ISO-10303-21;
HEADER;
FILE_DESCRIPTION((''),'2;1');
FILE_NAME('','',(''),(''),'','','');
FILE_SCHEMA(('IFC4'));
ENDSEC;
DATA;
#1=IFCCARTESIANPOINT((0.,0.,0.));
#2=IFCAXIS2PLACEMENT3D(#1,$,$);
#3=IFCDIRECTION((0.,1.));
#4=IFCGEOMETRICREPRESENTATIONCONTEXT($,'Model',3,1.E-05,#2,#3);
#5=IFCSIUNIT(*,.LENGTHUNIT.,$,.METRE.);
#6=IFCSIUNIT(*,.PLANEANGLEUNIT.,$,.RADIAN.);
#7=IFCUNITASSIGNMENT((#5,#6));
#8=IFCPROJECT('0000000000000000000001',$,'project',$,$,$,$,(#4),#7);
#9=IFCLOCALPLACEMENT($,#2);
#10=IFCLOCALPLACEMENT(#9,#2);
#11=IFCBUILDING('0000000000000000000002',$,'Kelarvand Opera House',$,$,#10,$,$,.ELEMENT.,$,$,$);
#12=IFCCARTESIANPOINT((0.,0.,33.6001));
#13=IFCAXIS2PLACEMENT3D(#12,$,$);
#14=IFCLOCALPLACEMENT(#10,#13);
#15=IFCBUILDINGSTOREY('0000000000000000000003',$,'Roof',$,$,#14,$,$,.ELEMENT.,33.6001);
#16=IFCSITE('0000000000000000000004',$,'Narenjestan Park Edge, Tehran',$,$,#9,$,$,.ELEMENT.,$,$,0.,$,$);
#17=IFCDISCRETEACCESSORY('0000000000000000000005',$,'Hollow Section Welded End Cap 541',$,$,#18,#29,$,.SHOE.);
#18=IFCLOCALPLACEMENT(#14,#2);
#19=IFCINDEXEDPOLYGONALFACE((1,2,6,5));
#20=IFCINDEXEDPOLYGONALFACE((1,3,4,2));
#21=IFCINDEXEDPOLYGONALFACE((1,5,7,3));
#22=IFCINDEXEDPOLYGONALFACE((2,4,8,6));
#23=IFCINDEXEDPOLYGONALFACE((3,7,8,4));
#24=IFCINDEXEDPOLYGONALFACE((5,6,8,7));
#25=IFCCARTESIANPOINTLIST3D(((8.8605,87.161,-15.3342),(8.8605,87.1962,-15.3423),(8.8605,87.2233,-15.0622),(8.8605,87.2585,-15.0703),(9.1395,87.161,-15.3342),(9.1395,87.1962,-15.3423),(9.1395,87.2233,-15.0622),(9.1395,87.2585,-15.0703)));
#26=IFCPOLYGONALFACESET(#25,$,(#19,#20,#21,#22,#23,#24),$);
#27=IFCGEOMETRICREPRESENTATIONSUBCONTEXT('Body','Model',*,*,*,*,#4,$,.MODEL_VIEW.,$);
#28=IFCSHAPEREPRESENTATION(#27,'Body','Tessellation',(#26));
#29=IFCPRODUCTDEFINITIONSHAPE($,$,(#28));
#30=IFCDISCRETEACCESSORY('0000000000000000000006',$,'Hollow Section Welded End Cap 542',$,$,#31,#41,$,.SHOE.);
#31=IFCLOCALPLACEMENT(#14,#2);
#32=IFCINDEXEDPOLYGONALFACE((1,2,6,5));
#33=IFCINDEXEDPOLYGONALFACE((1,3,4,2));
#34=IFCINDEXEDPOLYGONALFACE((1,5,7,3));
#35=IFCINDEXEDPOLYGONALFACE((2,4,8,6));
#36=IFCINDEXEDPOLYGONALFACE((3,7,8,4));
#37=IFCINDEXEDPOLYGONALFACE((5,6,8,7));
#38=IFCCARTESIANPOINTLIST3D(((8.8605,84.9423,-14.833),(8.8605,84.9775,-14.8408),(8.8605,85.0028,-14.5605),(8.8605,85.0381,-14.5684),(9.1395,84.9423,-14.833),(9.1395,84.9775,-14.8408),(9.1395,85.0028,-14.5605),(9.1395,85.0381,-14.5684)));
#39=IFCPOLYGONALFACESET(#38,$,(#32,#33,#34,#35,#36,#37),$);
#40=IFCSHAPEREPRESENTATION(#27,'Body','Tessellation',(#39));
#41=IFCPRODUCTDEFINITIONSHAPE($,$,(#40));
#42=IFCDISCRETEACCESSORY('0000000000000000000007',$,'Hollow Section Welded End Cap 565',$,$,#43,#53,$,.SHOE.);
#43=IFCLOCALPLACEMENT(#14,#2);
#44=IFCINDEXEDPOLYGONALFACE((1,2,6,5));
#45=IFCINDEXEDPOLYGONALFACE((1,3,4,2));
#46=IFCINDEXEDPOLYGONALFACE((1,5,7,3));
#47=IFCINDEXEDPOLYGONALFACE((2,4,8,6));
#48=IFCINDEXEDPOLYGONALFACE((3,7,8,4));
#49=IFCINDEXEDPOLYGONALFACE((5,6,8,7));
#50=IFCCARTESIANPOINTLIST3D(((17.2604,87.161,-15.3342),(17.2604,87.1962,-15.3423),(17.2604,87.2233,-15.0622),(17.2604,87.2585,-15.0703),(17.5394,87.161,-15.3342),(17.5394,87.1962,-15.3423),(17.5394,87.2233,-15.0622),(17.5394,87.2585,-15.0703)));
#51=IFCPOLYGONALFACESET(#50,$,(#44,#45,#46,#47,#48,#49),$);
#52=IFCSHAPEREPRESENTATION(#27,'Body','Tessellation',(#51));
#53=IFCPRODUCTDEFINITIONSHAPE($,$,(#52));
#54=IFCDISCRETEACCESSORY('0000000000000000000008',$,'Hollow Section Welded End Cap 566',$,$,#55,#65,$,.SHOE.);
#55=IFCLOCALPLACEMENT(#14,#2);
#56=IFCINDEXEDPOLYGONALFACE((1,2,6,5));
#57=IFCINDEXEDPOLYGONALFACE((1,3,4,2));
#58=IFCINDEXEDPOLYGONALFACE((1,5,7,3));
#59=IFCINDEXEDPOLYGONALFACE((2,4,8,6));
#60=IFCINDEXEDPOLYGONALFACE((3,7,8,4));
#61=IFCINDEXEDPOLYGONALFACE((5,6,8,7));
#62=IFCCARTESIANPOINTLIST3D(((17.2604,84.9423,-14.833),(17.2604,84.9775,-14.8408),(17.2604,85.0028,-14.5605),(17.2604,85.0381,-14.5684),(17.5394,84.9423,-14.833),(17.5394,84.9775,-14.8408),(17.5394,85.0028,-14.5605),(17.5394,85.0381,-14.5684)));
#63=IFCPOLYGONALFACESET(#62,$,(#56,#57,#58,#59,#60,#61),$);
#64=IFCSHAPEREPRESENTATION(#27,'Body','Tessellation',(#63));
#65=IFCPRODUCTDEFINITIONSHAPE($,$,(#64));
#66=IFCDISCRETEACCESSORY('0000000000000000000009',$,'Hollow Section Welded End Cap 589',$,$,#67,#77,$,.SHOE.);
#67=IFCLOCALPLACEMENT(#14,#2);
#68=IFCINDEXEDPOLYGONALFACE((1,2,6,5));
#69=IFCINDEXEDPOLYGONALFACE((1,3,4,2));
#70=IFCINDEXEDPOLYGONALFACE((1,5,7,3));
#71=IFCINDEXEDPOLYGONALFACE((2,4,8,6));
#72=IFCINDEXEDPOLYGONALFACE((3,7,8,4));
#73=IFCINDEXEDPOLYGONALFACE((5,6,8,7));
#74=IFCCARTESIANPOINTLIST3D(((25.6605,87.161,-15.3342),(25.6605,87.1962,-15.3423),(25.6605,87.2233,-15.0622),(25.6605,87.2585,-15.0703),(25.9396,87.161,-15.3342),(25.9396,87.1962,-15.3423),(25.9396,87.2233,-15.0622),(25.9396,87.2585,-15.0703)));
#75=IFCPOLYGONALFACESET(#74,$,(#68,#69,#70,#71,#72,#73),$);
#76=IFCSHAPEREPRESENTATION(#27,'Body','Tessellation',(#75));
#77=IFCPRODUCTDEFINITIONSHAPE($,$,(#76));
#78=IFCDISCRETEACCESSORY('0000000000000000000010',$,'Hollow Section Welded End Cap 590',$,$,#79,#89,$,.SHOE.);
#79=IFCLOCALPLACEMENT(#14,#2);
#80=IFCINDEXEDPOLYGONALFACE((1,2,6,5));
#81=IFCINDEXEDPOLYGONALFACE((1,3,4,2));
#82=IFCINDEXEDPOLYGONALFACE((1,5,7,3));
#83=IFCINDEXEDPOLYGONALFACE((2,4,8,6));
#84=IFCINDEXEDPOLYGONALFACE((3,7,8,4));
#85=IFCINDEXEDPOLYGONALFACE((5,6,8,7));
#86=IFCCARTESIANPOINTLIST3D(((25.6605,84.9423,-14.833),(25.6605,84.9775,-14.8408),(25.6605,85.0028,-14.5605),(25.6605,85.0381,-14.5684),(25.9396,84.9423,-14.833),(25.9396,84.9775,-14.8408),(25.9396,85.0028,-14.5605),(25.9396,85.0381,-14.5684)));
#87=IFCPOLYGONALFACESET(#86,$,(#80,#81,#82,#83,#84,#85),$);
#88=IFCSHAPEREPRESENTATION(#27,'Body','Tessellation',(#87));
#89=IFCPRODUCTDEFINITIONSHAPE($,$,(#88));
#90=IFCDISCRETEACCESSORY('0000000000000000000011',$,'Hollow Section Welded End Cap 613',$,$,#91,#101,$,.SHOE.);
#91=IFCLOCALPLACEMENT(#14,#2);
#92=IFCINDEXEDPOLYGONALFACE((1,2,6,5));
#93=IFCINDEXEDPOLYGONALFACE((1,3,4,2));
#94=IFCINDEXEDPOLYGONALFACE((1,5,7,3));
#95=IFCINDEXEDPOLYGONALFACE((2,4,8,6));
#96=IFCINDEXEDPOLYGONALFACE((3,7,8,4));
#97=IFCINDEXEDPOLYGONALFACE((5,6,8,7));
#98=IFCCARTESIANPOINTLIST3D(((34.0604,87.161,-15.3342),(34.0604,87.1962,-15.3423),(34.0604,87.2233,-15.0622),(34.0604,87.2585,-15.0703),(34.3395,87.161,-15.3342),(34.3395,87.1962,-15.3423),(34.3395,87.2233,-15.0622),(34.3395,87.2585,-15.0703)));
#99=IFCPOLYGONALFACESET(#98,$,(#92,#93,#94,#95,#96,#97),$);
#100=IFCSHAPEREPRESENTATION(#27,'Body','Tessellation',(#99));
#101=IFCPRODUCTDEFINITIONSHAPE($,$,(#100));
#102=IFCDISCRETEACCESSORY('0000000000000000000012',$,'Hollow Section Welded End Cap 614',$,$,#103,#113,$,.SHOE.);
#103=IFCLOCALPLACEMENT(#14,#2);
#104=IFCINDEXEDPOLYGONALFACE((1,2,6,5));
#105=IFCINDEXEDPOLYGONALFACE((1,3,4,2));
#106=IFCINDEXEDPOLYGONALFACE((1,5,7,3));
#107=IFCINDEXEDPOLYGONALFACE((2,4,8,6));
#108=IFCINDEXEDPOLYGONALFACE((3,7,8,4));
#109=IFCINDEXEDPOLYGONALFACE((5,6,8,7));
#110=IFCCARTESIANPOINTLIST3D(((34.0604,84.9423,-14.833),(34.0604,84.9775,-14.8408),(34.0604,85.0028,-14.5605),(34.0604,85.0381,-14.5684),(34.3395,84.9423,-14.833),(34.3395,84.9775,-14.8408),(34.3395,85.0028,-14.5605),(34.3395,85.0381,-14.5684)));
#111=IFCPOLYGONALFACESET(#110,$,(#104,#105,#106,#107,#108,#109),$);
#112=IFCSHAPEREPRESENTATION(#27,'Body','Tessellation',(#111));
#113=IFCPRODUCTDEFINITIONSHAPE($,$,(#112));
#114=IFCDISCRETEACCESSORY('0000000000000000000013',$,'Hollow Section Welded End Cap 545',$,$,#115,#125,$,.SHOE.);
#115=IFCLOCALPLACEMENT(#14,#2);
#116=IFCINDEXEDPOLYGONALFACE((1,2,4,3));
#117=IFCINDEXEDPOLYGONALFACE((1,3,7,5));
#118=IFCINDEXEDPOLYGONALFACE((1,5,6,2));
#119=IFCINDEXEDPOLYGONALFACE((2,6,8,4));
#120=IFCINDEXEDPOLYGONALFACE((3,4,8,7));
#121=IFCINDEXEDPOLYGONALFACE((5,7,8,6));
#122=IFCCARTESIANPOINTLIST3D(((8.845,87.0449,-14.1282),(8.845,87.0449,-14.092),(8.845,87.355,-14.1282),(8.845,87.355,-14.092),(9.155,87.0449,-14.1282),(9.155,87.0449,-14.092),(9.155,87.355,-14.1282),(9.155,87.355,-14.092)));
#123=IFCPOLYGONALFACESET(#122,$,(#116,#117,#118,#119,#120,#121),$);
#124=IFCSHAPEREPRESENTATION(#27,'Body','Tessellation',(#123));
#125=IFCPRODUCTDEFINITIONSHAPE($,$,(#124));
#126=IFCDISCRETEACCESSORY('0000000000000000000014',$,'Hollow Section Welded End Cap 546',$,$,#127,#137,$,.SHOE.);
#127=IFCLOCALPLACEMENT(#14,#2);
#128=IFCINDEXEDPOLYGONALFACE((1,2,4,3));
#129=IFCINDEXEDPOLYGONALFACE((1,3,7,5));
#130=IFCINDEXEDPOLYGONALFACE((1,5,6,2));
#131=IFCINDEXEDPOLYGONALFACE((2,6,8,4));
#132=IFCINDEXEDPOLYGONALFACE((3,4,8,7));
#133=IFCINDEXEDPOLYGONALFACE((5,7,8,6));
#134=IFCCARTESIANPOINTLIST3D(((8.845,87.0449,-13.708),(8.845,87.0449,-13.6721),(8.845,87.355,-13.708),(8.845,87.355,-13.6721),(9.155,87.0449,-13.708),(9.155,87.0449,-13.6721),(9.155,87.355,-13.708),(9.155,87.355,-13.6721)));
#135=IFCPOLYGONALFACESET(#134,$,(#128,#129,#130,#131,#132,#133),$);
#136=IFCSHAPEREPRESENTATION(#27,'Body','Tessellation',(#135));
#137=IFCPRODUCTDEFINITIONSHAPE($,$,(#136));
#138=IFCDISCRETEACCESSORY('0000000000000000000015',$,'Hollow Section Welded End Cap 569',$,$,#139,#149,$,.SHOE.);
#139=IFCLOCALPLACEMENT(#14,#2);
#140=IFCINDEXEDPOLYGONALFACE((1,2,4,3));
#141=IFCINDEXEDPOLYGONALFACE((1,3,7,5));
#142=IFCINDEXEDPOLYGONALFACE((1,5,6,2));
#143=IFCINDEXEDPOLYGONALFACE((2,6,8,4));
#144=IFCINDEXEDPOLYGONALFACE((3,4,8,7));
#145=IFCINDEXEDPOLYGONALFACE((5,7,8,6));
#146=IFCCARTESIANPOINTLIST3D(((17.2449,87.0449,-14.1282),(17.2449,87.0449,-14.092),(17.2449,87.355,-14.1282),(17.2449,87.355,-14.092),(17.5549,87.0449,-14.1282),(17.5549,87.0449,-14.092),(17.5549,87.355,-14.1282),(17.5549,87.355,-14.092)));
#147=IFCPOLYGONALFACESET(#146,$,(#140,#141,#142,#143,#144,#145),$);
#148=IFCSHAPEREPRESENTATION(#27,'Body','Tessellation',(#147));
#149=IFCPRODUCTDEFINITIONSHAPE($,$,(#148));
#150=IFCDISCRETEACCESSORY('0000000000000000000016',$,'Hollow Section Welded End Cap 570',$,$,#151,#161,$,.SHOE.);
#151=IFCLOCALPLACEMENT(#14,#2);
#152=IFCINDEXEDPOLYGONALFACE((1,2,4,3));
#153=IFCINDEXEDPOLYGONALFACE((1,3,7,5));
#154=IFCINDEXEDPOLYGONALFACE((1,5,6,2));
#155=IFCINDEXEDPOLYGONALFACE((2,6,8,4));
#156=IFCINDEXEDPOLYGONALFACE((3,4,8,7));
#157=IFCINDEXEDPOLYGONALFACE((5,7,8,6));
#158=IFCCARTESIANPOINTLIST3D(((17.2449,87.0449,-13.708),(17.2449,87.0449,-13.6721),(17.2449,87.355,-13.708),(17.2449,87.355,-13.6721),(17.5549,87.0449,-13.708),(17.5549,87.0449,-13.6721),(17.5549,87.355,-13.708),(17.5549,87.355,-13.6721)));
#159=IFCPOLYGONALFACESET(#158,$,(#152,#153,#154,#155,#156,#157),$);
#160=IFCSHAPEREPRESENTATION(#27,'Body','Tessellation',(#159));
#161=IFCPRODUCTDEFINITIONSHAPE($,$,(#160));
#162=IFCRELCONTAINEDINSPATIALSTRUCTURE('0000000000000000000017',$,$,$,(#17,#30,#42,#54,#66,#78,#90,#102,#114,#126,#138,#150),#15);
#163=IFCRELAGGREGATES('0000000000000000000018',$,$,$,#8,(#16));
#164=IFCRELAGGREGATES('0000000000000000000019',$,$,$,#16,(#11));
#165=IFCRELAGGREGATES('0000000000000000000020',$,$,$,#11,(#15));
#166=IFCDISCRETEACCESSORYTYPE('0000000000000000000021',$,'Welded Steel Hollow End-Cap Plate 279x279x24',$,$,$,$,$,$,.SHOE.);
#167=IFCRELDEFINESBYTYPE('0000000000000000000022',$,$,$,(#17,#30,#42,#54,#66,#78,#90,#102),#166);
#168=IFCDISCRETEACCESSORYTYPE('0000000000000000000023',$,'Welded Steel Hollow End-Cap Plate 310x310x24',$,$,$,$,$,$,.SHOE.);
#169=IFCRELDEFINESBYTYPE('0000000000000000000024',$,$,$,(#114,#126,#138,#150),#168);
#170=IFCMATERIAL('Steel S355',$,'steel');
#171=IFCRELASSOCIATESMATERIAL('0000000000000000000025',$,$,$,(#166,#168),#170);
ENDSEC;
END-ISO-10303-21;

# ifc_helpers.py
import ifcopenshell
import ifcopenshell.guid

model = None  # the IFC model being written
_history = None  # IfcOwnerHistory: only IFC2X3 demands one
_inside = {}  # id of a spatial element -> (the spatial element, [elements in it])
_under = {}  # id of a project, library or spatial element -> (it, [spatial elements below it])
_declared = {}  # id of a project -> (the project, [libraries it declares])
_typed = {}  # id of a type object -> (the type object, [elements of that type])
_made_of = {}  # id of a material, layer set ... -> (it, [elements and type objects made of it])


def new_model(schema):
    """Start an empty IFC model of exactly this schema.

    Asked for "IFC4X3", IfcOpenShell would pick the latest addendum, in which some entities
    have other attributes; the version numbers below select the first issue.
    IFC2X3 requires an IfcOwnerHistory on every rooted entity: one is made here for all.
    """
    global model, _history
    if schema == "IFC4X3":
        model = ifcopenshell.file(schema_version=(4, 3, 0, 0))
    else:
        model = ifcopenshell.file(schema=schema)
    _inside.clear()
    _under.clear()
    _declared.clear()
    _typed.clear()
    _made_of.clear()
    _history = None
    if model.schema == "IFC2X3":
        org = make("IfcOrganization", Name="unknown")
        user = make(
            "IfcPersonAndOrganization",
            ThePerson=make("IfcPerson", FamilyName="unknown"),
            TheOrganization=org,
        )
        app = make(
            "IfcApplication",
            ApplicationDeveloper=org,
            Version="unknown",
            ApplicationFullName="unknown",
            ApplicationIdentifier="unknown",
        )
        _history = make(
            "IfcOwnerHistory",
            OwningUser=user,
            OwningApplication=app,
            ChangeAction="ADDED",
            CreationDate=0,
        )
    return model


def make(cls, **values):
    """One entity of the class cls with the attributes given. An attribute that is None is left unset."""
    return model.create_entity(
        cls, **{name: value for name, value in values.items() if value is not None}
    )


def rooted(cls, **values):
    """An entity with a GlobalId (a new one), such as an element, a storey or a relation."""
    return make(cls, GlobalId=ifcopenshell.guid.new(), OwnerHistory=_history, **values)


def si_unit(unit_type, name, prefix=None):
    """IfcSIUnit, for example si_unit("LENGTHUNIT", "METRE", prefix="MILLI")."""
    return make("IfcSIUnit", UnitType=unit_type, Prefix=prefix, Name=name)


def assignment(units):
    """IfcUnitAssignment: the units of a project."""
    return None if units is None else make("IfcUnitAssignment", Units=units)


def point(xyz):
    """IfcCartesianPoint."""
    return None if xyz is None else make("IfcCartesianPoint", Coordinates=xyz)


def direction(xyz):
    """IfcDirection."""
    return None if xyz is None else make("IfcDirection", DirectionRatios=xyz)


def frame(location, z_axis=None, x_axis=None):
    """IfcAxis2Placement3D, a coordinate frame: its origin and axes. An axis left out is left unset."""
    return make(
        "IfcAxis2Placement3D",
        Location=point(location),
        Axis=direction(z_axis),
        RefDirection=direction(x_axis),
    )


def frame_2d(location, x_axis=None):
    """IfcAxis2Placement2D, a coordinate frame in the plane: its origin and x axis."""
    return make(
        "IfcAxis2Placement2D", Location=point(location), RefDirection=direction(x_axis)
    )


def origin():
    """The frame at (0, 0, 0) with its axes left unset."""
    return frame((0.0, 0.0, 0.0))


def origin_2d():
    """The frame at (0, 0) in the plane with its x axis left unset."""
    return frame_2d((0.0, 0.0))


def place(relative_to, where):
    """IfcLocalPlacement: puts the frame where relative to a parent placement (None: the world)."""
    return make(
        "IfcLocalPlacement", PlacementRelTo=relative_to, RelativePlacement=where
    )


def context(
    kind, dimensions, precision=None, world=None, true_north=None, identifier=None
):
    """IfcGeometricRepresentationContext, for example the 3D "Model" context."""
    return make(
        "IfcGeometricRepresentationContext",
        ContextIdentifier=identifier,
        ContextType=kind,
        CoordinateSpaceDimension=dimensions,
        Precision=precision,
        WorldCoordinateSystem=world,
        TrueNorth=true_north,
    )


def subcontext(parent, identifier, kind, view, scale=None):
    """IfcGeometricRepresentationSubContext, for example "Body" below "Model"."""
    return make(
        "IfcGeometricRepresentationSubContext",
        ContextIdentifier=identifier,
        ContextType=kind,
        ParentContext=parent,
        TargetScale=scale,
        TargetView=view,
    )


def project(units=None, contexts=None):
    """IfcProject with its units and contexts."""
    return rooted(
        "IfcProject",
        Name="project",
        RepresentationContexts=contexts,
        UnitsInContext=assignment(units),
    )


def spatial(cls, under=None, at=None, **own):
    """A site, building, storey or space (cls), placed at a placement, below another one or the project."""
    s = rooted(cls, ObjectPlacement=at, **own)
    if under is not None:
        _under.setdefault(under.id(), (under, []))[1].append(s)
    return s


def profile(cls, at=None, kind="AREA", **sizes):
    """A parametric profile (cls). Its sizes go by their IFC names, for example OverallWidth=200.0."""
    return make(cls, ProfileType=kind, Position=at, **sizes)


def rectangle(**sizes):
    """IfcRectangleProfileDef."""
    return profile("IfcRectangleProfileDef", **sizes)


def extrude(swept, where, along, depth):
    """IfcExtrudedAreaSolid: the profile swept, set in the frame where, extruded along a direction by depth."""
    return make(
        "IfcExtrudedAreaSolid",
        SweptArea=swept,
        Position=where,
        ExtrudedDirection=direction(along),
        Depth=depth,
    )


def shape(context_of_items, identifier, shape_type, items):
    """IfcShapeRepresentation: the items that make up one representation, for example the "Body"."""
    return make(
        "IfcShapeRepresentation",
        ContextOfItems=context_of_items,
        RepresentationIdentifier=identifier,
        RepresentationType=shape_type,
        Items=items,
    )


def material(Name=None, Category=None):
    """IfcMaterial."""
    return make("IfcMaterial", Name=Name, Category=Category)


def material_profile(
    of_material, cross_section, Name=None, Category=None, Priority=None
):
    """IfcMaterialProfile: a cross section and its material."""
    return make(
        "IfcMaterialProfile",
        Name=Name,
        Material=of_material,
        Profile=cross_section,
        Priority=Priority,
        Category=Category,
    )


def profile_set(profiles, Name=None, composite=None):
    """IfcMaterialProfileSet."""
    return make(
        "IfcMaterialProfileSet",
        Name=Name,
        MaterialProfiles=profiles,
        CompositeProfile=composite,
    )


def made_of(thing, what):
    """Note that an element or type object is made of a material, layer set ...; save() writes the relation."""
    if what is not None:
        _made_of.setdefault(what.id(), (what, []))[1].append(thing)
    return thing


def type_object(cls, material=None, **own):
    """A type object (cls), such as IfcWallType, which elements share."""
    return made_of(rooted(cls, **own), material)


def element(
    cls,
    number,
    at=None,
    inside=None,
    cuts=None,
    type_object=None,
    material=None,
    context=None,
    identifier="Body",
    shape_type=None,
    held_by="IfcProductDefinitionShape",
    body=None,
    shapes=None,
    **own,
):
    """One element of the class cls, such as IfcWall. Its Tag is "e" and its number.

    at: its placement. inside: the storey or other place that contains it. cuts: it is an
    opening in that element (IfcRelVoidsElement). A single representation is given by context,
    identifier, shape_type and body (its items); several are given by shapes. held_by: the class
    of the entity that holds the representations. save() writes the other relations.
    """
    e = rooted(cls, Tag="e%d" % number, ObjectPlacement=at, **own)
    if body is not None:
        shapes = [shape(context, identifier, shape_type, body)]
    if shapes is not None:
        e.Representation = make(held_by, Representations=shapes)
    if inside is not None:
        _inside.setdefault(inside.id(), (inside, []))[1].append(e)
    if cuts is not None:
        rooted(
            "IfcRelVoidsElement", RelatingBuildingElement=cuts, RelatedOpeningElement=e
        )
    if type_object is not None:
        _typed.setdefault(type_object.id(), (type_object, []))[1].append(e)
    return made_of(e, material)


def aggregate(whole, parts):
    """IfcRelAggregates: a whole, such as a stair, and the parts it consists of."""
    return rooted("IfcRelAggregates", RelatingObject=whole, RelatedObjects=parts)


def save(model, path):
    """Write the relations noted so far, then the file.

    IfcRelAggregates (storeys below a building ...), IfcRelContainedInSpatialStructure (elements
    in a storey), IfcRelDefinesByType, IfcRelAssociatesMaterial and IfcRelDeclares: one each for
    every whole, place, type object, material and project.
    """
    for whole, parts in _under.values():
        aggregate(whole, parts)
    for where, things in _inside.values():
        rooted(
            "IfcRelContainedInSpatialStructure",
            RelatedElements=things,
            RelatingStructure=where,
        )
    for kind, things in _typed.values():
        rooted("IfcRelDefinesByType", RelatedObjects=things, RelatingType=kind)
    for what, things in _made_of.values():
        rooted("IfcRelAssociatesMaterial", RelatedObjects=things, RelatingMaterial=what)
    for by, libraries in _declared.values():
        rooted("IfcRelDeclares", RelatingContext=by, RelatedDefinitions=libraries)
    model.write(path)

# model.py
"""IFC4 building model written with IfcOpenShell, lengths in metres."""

from ifc_helpers import new_model, si_unit, direction, frame, origin, origin_2d, place, context, subcontext, project, spatial, rectangle, extrude, material, material_profile, profile_set, type_object, element, save


model = new_model("IFC4")

# Units and contexts
model_context = context("Model", 3, precision=1e-05, world=origin(), true_north=direction((0.0, 1.0)))
body_context = subcontext(model_context, "Body", "Model", "MODEL_VIEW")
ifc_project = project(units=[si_unit("LENGTHUNIT", "METRE"), si_unit("PLANEANGLEUNIT", "RADIAN")], contexts=[model_context])

# Site, building, storey
site_placement = place(None, origin())
site = spatial("IfcSite", under=ifc_project, at=site_placement, Name="Narenjestan Park Edge, Tehran", CompositionType="ELEMENT", RefElevation=0.0)
building_placement = place(site_placement, origin())
building = spatial("IfcBuilding", under=site, at=building_placement, Name="Kelarvand Opera House", CompositionType="ELEMENT")
storey_placement = place(building_placement, frame((0.0, 0.0, 33.6001)))
storey = spatial("IfcBuildingStorey", under=building, at=storey_placement, Name="Roof", CompositionType="ELEMENT", Elevation=33.6001)

# Shared definitions
ifc_material_1 = material(Name="Steel S355", Category="steel")

# Discrete accessories
ifc_material_profile_1 = material_profile(ifc_material_1, rectangle(XDim=0.2791, YDim=0.2791, at=origin_2d()), Name="Welded Steel Hollow End-Cap Plate 279x279x24", Category="steel")
ifc_profile_set_1 = profile_set([ifc_material_profile_1], Name="Steel S355")
discrete_accessory_type_1 = type_object("IfcDiscreteAccessoryType", Name="Welded Steel Hollow End-Cap Plate 279x279x24", PredefinedType="SHOE", material=ifc_profile_set_1)
for number, where, z_axis, x_axis, name in (
    (1, (9.0, 87.1921, -15.1982), (0.0, 0.974732, -0.223376), (-1.0, 0.0, 0.0), "Hollow Section Welded End Cap 541"),
    (2, (9.0, 85.0078, -14.7046), (0.0, -0.976187, 0.21693), (1.0, 0.0, 0.0), "Hollow Section Welded End Cap 542"),
    (3, (17.3999, 87.1921, -15.1982), (0.0, 0.974732, -0.223376), (-1.0, 0.0, 0.0), "Hollow Section Welded End Cap 565"),
    (4, (17.3999, 85.0078, -14.7046), (0.0, -0.976187, 0.21693), (1.0, 0.0, 0.0), "Hollow Section Welded End Cap 566"),
    (5, (25.8, 87.1921, -15.1982), (0.0, 0.974732, -0.223376), (-1.0, 0.0, 0.0), "Hollow Section Welded End Cap 589"),
    (6, (25.8, 85.0078, -14.7046), (0.0, -0.976187, 0.21693), (1.0, 0.0, 0.0), "Hollow Section Welded End Cap 590"),
    (7, (34.2, 87.1921, -15.1982), (0.0, 0.974732, -0.223376), (-1.0, 0.0, 0.0), "Hollow Section Welded End Cap 613"),
    (8, (34.2, 85.0078, -14.7046), (0.0, -0.976187, 0.21693), (1.0, 0.0, 0.0), "Hollow Section Welded End Cap 614"),
):
    element("IfcDiscreteAccessory", number, at=place(storey_placement, frame(where, z_axis=z_axis, x_axis=x_axis)), inside=storey, type_object=discrete_accessory_type_1, Name=name, PredefinedType="SHOE", context=body_context, shape_type="SweptSolid", body=[
        extrude(rectangle(XDim=0.2791, YDim=0.2791, at=origin_2d()), origin(), (0.0, 0.0, 1.0), 0.0361),
    ])
ifc_material_profile_2 = material_profile(ifc_material_1, rectangle(XDim=0.3101, YDim=0.3101, at=origin_2d()), Name="Welded Steel Hollow End-Cap Plate 310x310x24", Category="steel")
ifc_profile_set_2 = profile_set([ifc_material_profile_2], Name="Steel S355")
discrete_accessory_type_2 = type_object("IfcDiscreteAccessoryType", Name="Welded Steel Hollow End-Cap Plate 310x310x24", PredefinedType="SHOE", material=ifc_profile_set_2)
discrete_accessory_1_placement = place(storey_placement, frame((9.0, 87.2, -14.092), z_axis=(0.0, 0.0, -1.0), x_axis=(1.0, 0.0, 0.0)))
element("IfcDiscreteAccessory", 9, at=discrete_accessory_1_placement, inside=storey, type_object=discrete_accessory_type_2, Name="Hollow Section Welded End Cap 545", PredefinedType="SHOE", context=body_context, shape_type="SweptSolid", body=[
    extrude(rectangle(XDim=0.3101, YDim=0.3101, at=origin_2d()), origin(), (0.0, 0.0, 1.0), 0.0361),
])
discrete_accessory_2_placement = place(storey_placement, frame((9.0, 87.2, -13.708), z_axis=(0.0, 0.0, 1.0), x_axis=(1.0, 0.0, 0.0)))
element("IfcDiscreteAccessory", 10, at=discrete_accessory_2_placement, inside=storey, type_object=discrete_accessory_type_2, Name="Hollow Section Welded End Cap 546", PredefinedType="SHOE", context=body_context, shape_type="SweptSolid", body=[
    extrude(rectangle(XDim=0.3101, YDim=0.3101, at=origin_2d()), origin(), (0.0, 0.0, 1.0), 0.0359),
])
discrete_accessory_3_placement = place(storey_placement, frame((17.3999, 87.2, -14.092), z_axis=(0.0, 0.0, -1.0), x_axis=(1.0, 0.0, 0.0)))
element("IfcDiscreteAccessory", 11, at=discrete_accessory_3_placement, inside=storey, type_object=discrete_accessory_type_2, Name="Hollow Section Welded End Cap 569", PredefinedType="SHOE", context=body_context, shape_type="SweptSolid", body=[
    extrude(rectangle(XDim=0.3101, YDim=0.3101, at=origin_2d()), origin(), (0.0, 0.0, 1.0), 0.0361),
])
discrete_accessory_4_placement = place(storey_placement, frame((17.3999, 87.2, -13.708), z_axis=(0.0, 0.0, 1.0), x_axis=(1.0, 0.0, 0.0)))
element("IfcDiscreteAccessory", 12, at=discrete_accessory_4_placement, inside=storey, type_object=discrete_accessory_type_2, Name="Hollow Section Welded End Cap 570", PredefinedType="SHOE", context=body_context, shape_type="SweptSolid", body=[
    extrude(rectangle(XDim=0.3101, YDim=0.3101, at=origin_2d()), origin(), (0.0, 0.0, 1.0), 0.0359),
])

save(model, "model.ifc")
